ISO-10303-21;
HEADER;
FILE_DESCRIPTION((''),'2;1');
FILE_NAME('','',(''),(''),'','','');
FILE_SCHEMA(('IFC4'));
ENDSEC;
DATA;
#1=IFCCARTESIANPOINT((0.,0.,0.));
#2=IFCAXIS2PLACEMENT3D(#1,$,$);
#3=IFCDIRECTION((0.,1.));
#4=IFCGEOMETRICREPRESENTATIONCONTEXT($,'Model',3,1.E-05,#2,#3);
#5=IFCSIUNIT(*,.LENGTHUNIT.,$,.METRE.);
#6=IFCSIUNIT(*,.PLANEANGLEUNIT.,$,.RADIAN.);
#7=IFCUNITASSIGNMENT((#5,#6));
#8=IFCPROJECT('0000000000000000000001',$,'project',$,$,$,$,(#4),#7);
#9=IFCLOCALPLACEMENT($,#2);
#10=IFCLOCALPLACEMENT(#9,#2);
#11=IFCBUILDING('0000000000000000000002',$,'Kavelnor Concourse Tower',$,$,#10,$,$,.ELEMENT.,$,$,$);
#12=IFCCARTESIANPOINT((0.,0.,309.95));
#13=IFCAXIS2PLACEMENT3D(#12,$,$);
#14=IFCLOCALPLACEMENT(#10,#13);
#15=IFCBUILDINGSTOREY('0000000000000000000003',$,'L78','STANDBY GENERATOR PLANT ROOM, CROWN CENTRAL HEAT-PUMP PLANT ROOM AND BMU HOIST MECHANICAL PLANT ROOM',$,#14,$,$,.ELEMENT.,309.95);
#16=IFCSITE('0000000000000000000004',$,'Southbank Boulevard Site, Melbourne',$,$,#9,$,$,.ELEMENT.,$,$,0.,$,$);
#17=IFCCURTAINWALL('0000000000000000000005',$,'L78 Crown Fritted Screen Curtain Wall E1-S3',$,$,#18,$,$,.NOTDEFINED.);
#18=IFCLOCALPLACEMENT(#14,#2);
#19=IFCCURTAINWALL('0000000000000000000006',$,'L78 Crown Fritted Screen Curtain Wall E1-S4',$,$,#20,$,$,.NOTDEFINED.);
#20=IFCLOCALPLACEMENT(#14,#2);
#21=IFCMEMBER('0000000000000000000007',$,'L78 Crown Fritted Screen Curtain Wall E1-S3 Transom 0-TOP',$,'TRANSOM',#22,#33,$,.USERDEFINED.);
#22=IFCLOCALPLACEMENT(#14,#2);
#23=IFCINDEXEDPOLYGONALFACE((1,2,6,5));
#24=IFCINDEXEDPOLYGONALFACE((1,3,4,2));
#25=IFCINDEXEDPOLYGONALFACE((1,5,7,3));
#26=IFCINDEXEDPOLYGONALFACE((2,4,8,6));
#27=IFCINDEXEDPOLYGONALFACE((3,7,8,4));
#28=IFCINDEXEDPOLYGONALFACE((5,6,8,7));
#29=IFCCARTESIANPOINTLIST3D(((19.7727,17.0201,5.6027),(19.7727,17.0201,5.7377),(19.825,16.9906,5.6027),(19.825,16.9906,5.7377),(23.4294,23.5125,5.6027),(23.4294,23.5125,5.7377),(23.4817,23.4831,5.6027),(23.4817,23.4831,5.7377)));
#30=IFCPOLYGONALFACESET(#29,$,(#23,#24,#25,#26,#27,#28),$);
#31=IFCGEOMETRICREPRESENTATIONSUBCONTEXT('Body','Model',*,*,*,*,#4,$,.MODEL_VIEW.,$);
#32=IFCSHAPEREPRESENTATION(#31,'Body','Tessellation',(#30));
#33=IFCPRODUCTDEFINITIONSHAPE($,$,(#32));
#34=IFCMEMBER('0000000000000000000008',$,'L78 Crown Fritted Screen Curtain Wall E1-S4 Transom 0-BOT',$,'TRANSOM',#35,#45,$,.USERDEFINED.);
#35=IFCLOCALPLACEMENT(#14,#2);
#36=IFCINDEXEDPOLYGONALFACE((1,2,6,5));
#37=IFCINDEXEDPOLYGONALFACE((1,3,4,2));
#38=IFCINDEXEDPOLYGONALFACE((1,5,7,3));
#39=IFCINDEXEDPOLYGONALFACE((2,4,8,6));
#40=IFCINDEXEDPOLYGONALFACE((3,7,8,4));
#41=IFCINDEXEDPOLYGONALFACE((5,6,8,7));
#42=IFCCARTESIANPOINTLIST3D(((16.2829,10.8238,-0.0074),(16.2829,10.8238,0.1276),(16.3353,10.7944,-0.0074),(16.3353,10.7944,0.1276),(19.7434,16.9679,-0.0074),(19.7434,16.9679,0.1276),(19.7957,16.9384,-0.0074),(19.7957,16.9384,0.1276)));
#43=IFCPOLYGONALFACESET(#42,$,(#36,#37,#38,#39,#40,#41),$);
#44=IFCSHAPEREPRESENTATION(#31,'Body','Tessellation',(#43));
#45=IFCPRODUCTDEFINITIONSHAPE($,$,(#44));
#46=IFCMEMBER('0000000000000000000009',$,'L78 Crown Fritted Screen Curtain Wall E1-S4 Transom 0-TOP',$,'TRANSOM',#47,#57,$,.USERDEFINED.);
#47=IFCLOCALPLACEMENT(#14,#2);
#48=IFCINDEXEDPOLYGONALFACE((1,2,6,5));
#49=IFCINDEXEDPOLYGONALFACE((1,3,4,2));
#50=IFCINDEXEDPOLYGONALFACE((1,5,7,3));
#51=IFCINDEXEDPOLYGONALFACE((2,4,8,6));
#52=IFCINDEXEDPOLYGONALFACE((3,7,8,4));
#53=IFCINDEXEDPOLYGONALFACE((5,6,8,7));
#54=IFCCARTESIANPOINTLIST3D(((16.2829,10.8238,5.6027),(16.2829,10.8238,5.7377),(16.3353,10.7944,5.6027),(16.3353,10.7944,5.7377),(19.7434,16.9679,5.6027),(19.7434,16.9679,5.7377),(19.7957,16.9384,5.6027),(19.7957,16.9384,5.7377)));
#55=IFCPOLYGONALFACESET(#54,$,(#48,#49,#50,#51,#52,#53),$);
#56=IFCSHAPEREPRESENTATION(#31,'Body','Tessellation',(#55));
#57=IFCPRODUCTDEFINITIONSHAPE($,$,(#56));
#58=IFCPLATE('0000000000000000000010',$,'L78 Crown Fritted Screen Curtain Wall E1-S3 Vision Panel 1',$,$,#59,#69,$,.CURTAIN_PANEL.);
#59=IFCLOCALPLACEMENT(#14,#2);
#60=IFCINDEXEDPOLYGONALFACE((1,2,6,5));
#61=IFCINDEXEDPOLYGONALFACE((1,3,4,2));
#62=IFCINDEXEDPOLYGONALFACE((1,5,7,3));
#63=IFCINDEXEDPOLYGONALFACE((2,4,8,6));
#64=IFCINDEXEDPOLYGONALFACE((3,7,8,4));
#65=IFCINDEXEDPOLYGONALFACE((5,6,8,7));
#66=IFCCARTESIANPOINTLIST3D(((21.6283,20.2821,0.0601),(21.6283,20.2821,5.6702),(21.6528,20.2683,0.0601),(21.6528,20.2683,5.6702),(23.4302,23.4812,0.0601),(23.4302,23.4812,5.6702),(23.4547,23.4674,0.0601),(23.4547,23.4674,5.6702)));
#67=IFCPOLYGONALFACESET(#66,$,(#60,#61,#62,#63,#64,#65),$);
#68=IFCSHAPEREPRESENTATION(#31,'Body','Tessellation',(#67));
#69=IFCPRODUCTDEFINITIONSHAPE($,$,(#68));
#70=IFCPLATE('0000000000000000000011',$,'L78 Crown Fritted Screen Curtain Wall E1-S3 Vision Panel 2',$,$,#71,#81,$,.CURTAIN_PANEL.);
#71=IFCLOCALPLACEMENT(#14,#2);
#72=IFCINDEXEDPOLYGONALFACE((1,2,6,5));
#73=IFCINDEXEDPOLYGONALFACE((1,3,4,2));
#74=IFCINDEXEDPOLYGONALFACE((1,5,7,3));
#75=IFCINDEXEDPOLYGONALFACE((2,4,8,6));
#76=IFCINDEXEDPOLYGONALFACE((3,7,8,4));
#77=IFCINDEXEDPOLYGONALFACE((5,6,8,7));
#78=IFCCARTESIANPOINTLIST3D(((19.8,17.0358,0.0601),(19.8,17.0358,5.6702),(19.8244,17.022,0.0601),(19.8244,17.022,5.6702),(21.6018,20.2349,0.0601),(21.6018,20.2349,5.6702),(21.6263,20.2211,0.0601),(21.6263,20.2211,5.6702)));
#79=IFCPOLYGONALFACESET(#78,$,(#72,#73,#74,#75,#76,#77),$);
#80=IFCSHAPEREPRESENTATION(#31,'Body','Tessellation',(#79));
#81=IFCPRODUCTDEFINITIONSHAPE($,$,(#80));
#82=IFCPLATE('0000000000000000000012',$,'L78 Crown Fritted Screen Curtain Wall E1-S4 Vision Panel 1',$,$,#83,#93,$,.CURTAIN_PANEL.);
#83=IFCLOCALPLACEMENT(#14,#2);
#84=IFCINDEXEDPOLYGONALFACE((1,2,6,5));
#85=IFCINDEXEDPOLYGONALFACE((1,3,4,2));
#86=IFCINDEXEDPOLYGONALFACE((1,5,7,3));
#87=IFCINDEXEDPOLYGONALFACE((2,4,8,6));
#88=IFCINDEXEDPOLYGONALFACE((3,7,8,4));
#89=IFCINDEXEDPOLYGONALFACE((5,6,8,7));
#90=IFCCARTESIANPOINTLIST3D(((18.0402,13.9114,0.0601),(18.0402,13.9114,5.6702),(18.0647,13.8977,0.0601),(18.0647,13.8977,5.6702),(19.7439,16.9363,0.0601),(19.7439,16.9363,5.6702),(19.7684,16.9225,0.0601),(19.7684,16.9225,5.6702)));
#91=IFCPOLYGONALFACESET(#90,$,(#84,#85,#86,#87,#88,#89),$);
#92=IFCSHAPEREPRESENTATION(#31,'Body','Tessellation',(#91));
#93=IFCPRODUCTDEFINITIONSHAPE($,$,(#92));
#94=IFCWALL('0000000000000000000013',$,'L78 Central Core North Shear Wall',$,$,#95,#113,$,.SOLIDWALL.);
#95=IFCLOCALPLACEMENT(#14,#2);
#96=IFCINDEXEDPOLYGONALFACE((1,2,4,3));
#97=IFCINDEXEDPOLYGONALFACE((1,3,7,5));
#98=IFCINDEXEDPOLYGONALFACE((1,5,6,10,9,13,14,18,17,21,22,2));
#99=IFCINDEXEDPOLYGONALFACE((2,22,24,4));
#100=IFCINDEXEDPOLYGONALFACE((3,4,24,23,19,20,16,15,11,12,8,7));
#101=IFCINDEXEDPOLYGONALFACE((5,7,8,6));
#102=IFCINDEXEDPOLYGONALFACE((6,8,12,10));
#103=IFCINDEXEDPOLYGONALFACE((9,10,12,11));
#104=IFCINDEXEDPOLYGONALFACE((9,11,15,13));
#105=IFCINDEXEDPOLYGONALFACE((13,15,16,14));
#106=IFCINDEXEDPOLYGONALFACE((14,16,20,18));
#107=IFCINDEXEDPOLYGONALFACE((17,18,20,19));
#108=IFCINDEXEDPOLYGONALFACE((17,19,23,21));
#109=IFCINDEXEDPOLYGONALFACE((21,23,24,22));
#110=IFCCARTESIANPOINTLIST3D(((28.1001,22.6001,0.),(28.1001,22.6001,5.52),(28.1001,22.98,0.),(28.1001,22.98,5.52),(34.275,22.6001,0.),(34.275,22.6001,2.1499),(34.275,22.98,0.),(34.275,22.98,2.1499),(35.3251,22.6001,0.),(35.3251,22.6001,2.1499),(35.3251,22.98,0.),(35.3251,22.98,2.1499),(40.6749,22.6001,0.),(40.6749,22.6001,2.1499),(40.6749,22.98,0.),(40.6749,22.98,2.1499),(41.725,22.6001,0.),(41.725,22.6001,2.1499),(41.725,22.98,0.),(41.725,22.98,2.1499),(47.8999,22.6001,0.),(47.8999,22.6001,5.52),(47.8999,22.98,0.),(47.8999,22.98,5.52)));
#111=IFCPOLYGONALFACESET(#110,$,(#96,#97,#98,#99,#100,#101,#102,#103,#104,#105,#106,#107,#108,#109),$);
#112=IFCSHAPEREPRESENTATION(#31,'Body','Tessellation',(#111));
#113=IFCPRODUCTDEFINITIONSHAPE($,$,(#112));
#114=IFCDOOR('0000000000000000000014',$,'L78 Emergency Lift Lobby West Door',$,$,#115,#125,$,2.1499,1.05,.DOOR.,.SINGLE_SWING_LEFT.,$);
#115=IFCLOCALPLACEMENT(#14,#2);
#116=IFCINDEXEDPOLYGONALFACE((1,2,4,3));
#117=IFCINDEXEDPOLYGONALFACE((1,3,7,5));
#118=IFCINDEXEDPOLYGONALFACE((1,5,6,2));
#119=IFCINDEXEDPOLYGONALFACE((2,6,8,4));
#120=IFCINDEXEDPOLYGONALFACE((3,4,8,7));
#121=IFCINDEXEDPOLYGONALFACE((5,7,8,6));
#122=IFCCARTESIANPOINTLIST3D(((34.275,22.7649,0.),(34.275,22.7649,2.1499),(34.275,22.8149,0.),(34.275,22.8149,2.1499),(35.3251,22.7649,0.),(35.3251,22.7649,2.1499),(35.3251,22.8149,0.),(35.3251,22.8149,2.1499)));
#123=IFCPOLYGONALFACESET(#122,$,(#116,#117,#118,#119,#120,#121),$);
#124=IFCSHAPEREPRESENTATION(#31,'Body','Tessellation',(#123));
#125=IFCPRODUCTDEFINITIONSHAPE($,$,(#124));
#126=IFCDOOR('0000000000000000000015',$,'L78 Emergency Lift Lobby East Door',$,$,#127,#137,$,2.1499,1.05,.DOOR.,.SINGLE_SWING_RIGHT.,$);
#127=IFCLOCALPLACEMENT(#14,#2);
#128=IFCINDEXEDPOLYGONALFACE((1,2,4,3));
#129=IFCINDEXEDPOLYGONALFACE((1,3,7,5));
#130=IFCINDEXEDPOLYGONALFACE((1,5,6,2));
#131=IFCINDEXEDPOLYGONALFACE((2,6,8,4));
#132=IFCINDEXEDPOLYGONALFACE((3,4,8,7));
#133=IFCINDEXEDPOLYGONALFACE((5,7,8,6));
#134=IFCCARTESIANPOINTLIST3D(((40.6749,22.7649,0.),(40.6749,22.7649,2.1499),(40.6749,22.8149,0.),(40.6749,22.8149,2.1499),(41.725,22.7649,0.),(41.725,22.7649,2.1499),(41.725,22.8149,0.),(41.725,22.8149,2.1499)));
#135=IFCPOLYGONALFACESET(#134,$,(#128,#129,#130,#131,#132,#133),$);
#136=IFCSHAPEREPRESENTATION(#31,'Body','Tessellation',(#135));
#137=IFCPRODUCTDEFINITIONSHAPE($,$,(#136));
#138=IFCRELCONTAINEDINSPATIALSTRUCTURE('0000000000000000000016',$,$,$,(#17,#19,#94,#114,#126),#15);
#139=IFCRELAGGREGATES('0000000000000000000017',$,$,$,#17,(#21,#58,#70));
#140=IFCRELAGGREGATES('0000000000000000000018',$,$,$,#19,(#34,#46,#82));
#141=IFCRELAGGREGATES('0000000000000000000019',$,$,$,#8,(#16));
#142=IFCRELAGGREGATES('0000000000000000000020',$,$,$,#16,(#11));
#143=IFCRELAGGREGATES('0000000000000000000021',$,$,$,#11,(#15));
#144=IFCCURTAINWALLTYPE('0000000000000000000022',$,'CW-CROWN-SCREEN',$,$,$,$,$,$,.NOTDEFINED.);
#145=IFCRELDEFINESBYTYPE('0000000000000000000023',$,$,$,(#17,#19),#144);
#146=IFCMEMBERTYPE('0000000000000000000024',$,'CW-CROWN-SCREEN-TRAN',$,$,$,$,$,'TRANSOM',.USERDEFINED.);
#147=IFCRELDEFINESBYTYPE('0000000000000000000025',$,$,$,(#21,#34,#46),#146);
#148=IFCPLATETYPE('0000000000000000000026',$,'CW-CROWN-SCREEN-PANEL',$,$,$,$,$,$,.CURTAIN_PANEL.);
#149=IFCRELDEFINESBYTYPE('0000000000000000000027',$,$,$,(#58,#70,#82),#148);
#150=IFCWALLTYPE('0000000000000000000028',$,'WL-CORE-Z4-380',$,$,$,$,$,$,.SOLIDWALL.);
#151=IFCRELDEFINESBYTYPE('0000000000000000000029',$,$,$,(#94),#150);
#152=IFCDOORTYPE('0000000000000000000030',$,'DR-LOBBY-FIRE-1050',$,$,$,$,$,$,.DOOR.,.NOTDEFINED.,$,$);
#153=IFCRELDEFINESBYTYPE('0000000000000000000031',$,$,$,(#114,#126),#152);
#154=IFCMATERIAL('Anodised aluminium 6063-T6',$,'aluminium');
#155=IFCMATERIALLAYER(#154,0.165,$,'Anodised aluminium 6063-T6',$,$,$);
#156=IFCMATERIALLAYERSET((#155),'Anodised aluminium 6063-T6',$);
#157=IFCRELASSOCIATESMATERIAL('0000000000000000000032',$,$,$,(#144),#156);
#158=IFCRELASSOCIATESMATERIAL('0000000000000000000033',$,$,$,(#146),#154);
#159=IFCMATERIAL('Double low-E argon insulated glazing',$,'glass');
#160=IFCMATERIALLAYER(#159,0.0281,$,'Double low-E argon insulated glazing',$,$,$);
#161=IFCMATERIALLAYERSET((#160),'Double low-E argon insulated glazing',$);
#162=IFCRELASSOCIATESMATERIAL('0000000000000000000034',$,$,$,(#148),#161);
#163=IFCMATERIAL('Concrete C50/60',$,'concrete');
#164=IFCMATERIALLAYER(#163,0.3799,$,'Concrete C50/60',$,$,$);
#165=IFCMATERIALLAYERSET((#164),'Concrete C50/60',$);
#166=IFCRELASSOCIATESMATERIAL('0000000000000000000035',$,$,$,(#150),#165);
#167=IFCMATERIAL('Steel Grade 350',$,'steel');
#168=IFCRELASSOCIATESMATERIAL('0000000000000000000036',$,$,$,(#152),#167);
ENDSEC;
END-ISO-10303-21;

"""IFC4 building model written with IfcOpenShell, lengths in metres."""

from ifc_helpers import new_model, si_unit, direction, frame, frame_2d, origin, origin_2d, place, context, subcontext, project, spatial, rectangle, extrude, material, layer, layer_set, material_profile, profile_set, type_object, element, fill, aggregate, save


model = new_model("IFC4")

# Units and contexts
model_context = context("Model", 3, precision=1e-05, world=origin(), true_north=direction((0.0, 1.0)))
body_context = subcontext(model_context, "Body", "Model", "MODEL_VIEW")
ifc_project = project(units=[si_unit("LENGTHUNIT", "METRE"), si_unit("PLANEANGLEUNIT", "RADIAN")], contexts=[model_context])

# Site, building, storey
site_placement = place(None, origin())
site = spatial("IfcSite", under=ifc_project, at=site_placement, Name="Southbank Boulevard Site, Melbourne", CompositionType="ELEMENT", RefElevation=0.0)
building_placement = place(site_placement, origin())
building = spatial("IfcBuilding", under=site, at=building_placement, Name="Kavelnor Concourse Tower", CompositionType="ELEMENT")
storey_placement = place(building_placement, frame((0.0, 0.0, 309.95)))
storey = spatial("IfcBuildingStorey", under=building, at=storey_placement, Name="L78", Description="STANDBY GENERATOR PLANT ROOM, CROWN CENTRAL HEAT-PUMP PLANT ROOM AND BMU HOIST MECHANICAL PLANT ROOM", CompositionType="ELEMENT", Elevation=309.95)

# Shared definitions
ifc_material_1 = material(Name="Steel Grade 350", Category="steel")

# Shared definitions
ifc_material_2 = material(Name="Anodised aluminium 6063-T6", Category="aluminium")
ifc_layer_1 = layer(ifc_material_2, 0.165, Name="Anodised aluminium 6063-T6")
ifc_layer_set_1 = layer_set([ifc_layer_1], Name="Anodised aluminium 6063-T6")
curtain_wall_type = type_object("IfcCurtainWallType", Name="CW-CROWN-SCREEN", PredefinedType="NOTDEFINED", material=ifc_layer_set_1)

# Curtain wall
curtain_wall_1_placement = place(storey_placement, origin())
curtain_wall_1 = element("IfcCurtainWall", 1, at=curtain_wall_1_placement, inside=storey, type_object=curtain_wall_type, Name="L78 Crown Fritted Screen Curtain Wall E1-S3", PredefinedType="NOTDEFINED")

# Curtain wall
curtain_wall_2_placement = place(storey_placement, origin())
curtain_wall_2 = element("IfcCurtainWall", 2, at=curtain_wall_2_placement, inside=storey, type_object=curtain_wall_type, Name="L78 Crown Fritted Screen Curtain Wall E1-S4", PredefinedType="NOTDEFINED")

# Members
ifc_material_profile_1 = material_profile(ifc_material_2, rectangle(XDim=0.0601, YDim=0.135, at=origin_2d()), Name="AL-TRAN 60x135")
ifc_profile_set_1 = profile_set([ifc_material_profile_1], Name="Anodised aluminium 6063-T6")
member_type_1 = type_object("IfcMemberType", Name="CW-CROWN-SCREEN-TRAN", ElementType="TRANSOM", PredefinedType="USERDEFINED", material=ifc_profile_set_1)
member_1_placement = place(storey_placement, frame((23.4556, 23.4978, 5.6702), z_axis=(-0.490745, -0.871303, 0.0), x_axis=(0.871303, -0.490745, 0.0)))
member_1 = element("IfcMember", 3, at=member_1_placement, type_object=member_type_1, Name="L78 Crown Fritted Screen Curtain Wall E1-S3 Transom 0-TOP", ObjectType="TRANSOM", PredefinedType="USERDEFINED", context=body_context, shape_type="SweptSolid", body=[
    extrude(rectangle(XDim=0.0601, YDim=0.135, at=origin_2d()), origin(), (0.0, 0.0, 1.0), 7.4514),
])
member_2_placement = place(storey_placement, frame((19.7695, 16.9531, 0.0601), z_axis=(-0.490738, -0.871307, 0.0), x_axis=(0.871307, -0.490738, 0.0)))
member_2 = element("IfcMember", 4, at=member_2_placement, type_object=member_type_1, Name="L78 Crown Fritted Screen Curtain Wall E1-S4 Transom 0-BOT", ObjectType="TRANSOM", PredefinedType="USERDEFINED", context=body_context, shape_type="SweptSolid", body=[
    extrude(rectangle(XDim=0.0601, YDim=0.135, at=origin_2d()), origin(), (0.0, 0.0, 1.0), 7.0515),
])
member_3_placement = place(storey_placement, frame((19.7695, 16.9531, 5.6702), z_axis=(-0.490738, -0.871307, 0.0), x_axis=(0.871307, -0.490738, 0.0)))
member_3 = element("IfcMember", 5, at=member_3_placement, type_object=member_type_1, Name="L78 Crown Fritted Screen Curtain Wall E1-S4 Transom 0-TOP", ObjectType="TRANSOM", PredefinedType="USERDEFINED", context=body_context, shape_type="SweptSolid", body=[
    extrude(rectangle(XDim=0.0601, YDim=0.135, at=origin_2d()), origin(), (0.0, 0.0, 1.0), 7.0515),
])

# Plates
ifc_material_3 = material(Name="Double low-E argon insulated glazing", Category="glass")
ifc_layer_2 = layer(ifc_material_3, 0.0281, Name="Double low-E argon insulated glazing")
ifc_layer_set_2 = layer_set([ifc_layer_2], Name="Double low-E argon insulated glazing")
plate_type = type_object("IfcPlateType", Name="CW-CROWN-SCREEN-PANEL", PredefinedType="CURTAIN_PANEL", material=ifc_layer_set_2)
plate_1_placement = place(storey_placement, frame((22.5415, 21.8748, 0.0601), z_axis=(0.0, 0.0, 1.0), x_axis=(-0.490752, -0.871299, 0.0)))
plate_1 = element("IfcPlate", 6, at=plate_1_placement, type_object=plate_type, Name="L78 Crown Fritted Screen Curtain Wall E1-S3 Vision Panel 1", PredefinedType="CURTAIN_PANEL", context=body_context, shape_type="SweptSolid", body=[
    extrude(rectangle(XDim=3.6716, YDim=0.0281, at=origin_2d()), origin(), (0.0, 0.0, 1.0), 5.6101),
])
plate_2_placement = place(storey_placement, frame((20.7131, 18.6284, 0.0601), z_axis=(0.0, 0.0, 1.0), x_axis=(-0.490752, -0.871299, 0.0)))
plate_2 = element("IfcPlate", 7, at=plate_2_placement, type_object=plate_type, Name="L78 Crown Fritted Screen Curtain Wall E1-S3 Vision Panel 2", PredefinedType="CURTAIN_PANEL", context=body_context, shape_type="SweptSolid", body=[
    extrude(rectangle(XDim=3.6716, YDim=0.0281, at=origin_2d()), origin(), (0.0, 0.0, 1.0), 5.6101),
])
aggregate(curtain_wall_1, [member_1, plate_1, plate_2])
plate_3_placement = place(storey_placement, frame((18.9043, 15.417, 0.0601), z_axis=(0.0, 0.0, 1.0), x_axis=(-0.490752, -0.871299, 0.0)))
plate_3 = element("IfcPlate", 8, at=plate_3_placement, type_object=plate_type, Name="L78 Crown Fritted Screen Curtain Wall E1-S4 Vision Panel 1", PredefinedType="CURTAIN_PANEL", context=body_context, shape_type="SweptSolid", body=[
    extrude(rectangle(XDim=3.4717, YDim=0.0281, at=origin_2d()), origin(), (0.0, 0.0, 1.0), 5.6101),
])
aggregate(curtain_wall_2, [member_2, member_3, plate_3])

# Wall, openings, doors
ifc_material_4 = material(Name="Concrete C50/60", Category="concrete")
ifc_layer_3 = layer(ifc_material_4, 0.3799, Name="Concrete C50/60")
ifc_layer_set_3 = layer_set([ifc_layer_3], Name="Concrete C50/60")
wall_type_1 = type_object("IfcWallType", Name="WL-CORE-Z4-380", PredefinedType="SOLIDWALL", material=ifc_layer_set_3)
wall_1_placement = place(storey_placement, frame((28.1001, 22.79, 0.0), z_axis=(0.0, 0.0, 1.0), x_axis=(1.0, 0.0, 0.0)))
wall_1 = element("IfcWall", 9, at=wall_1_placement, inside=storey, type_object=wall_type_1, Name="L78 Central Core North Shear Wall", PredefinedType="SOLIDWALL", context=body_context, shape_type="SweptSolid", body=[
    extrude(rectangle(XDim=19.7998, YDim=0.3799, at=frame_2d((9.8999, 0.0))), origin(), (0.0, 0.0, 1.0), 5.52),
])
opening_1_placement = place(wall_1_placement, frame((6.175, 0.0, 0.0)))
opening_1 = element("IfcOpeningElement", 10, at=opening_1_placement, cuts=wall_1, PredefinedType="OPENING", context=body_context, shape_type="SweptSolid", body=[
    extrude(rectangle(XDim=1.05, YDim=2.1499, at=frame_2d((0.5249, 1.075))), frame((0.0, 0.2, 0.0), z_axis=(0.0, -1.0, 0.0), x_axis=(1.0, 0.0, 0.0)), (0.0, 0.0, 1.0), 0.3999),
])
opening_2_placement = place(wall_1_placement, frame((12.575, 0.0, 0.0)))
opening_2 = element("IfcOpeningElement", 11, at=opening_2_placement, cuts=wall_1, PredefinedType="OPENING", context=body_context, shape_type="SweptSolid", body=[
    extrude(rectangle(XDim=1.05, YDim=2.1499, at=frame_2d((0.5249, 1.075))), frame((0.0, 0.2, 0.0), z_axis=(0.0, -1.0, 0.0), x_axis=(1.0, 0.0, 0.0)), (0.0, 0.0, 1.0), 0.3999),
])
door_type_1 = type_object("IfcDoorType", Name="DR-LOBBY-FIRE-1050", OperationType="NOTDEFINED", PredefinedType="DOOR", material=ifc_material_1)
door_1_placement = place(opening_1_placement, origin())
door_1 = element("IfcDoor", 12, at=door_1_placement, inside=storey, type_object=door_type_1, Name="L78 Emergency Lift Lobby West Door", OperationType="SINGLE_SWING_LEFT", OverallHeight=2.1499, OverallWidth=1.05, PredefinedType="DOOR", context=body_context, shape_type="SweptSolid", body=[
    extrude(rectangle(XDim=1.05, YDim=2.1499, at=frame_2d((0.5249, 1.075))), frame((0.0, 0.0249, 0.0), z_axis=(0.0, -1.0, 0.0), x_axis=(1.0, 0.0, 0.0)), (0.0, 0.0, 1.0), 0.05),
])
fill(opening_1, door_1)
door_2_placement = place(opening_2_placement, origin())
door_2 = element("IfcDoor", 13, at=door_2_placement, inside=storey, type_object=door_type_1, Name="L78 Emergency Lift Lobby East Door", OperationType="SINGLE_SWING_RIGHT", OverallHeight=2.1499, OverallWidth=1.05, PredefinedType="DOOR", context=body_context, shape_type="SweptSolid", body=[
    extrude(rectangle(XDim=1.05, YDim=2.1499, at=frame_2d((0.5249, 1.075))), frame((0.0, 0.0249, 0.0), z_axis=(0.0, -1.0, 0.0), x_axis=(1.0, 0.0, 0.0)), (0.0, 0.0, 1.0), 0.05),
])
fill(opening_2, door_2)

save(model, "model.ifc")
